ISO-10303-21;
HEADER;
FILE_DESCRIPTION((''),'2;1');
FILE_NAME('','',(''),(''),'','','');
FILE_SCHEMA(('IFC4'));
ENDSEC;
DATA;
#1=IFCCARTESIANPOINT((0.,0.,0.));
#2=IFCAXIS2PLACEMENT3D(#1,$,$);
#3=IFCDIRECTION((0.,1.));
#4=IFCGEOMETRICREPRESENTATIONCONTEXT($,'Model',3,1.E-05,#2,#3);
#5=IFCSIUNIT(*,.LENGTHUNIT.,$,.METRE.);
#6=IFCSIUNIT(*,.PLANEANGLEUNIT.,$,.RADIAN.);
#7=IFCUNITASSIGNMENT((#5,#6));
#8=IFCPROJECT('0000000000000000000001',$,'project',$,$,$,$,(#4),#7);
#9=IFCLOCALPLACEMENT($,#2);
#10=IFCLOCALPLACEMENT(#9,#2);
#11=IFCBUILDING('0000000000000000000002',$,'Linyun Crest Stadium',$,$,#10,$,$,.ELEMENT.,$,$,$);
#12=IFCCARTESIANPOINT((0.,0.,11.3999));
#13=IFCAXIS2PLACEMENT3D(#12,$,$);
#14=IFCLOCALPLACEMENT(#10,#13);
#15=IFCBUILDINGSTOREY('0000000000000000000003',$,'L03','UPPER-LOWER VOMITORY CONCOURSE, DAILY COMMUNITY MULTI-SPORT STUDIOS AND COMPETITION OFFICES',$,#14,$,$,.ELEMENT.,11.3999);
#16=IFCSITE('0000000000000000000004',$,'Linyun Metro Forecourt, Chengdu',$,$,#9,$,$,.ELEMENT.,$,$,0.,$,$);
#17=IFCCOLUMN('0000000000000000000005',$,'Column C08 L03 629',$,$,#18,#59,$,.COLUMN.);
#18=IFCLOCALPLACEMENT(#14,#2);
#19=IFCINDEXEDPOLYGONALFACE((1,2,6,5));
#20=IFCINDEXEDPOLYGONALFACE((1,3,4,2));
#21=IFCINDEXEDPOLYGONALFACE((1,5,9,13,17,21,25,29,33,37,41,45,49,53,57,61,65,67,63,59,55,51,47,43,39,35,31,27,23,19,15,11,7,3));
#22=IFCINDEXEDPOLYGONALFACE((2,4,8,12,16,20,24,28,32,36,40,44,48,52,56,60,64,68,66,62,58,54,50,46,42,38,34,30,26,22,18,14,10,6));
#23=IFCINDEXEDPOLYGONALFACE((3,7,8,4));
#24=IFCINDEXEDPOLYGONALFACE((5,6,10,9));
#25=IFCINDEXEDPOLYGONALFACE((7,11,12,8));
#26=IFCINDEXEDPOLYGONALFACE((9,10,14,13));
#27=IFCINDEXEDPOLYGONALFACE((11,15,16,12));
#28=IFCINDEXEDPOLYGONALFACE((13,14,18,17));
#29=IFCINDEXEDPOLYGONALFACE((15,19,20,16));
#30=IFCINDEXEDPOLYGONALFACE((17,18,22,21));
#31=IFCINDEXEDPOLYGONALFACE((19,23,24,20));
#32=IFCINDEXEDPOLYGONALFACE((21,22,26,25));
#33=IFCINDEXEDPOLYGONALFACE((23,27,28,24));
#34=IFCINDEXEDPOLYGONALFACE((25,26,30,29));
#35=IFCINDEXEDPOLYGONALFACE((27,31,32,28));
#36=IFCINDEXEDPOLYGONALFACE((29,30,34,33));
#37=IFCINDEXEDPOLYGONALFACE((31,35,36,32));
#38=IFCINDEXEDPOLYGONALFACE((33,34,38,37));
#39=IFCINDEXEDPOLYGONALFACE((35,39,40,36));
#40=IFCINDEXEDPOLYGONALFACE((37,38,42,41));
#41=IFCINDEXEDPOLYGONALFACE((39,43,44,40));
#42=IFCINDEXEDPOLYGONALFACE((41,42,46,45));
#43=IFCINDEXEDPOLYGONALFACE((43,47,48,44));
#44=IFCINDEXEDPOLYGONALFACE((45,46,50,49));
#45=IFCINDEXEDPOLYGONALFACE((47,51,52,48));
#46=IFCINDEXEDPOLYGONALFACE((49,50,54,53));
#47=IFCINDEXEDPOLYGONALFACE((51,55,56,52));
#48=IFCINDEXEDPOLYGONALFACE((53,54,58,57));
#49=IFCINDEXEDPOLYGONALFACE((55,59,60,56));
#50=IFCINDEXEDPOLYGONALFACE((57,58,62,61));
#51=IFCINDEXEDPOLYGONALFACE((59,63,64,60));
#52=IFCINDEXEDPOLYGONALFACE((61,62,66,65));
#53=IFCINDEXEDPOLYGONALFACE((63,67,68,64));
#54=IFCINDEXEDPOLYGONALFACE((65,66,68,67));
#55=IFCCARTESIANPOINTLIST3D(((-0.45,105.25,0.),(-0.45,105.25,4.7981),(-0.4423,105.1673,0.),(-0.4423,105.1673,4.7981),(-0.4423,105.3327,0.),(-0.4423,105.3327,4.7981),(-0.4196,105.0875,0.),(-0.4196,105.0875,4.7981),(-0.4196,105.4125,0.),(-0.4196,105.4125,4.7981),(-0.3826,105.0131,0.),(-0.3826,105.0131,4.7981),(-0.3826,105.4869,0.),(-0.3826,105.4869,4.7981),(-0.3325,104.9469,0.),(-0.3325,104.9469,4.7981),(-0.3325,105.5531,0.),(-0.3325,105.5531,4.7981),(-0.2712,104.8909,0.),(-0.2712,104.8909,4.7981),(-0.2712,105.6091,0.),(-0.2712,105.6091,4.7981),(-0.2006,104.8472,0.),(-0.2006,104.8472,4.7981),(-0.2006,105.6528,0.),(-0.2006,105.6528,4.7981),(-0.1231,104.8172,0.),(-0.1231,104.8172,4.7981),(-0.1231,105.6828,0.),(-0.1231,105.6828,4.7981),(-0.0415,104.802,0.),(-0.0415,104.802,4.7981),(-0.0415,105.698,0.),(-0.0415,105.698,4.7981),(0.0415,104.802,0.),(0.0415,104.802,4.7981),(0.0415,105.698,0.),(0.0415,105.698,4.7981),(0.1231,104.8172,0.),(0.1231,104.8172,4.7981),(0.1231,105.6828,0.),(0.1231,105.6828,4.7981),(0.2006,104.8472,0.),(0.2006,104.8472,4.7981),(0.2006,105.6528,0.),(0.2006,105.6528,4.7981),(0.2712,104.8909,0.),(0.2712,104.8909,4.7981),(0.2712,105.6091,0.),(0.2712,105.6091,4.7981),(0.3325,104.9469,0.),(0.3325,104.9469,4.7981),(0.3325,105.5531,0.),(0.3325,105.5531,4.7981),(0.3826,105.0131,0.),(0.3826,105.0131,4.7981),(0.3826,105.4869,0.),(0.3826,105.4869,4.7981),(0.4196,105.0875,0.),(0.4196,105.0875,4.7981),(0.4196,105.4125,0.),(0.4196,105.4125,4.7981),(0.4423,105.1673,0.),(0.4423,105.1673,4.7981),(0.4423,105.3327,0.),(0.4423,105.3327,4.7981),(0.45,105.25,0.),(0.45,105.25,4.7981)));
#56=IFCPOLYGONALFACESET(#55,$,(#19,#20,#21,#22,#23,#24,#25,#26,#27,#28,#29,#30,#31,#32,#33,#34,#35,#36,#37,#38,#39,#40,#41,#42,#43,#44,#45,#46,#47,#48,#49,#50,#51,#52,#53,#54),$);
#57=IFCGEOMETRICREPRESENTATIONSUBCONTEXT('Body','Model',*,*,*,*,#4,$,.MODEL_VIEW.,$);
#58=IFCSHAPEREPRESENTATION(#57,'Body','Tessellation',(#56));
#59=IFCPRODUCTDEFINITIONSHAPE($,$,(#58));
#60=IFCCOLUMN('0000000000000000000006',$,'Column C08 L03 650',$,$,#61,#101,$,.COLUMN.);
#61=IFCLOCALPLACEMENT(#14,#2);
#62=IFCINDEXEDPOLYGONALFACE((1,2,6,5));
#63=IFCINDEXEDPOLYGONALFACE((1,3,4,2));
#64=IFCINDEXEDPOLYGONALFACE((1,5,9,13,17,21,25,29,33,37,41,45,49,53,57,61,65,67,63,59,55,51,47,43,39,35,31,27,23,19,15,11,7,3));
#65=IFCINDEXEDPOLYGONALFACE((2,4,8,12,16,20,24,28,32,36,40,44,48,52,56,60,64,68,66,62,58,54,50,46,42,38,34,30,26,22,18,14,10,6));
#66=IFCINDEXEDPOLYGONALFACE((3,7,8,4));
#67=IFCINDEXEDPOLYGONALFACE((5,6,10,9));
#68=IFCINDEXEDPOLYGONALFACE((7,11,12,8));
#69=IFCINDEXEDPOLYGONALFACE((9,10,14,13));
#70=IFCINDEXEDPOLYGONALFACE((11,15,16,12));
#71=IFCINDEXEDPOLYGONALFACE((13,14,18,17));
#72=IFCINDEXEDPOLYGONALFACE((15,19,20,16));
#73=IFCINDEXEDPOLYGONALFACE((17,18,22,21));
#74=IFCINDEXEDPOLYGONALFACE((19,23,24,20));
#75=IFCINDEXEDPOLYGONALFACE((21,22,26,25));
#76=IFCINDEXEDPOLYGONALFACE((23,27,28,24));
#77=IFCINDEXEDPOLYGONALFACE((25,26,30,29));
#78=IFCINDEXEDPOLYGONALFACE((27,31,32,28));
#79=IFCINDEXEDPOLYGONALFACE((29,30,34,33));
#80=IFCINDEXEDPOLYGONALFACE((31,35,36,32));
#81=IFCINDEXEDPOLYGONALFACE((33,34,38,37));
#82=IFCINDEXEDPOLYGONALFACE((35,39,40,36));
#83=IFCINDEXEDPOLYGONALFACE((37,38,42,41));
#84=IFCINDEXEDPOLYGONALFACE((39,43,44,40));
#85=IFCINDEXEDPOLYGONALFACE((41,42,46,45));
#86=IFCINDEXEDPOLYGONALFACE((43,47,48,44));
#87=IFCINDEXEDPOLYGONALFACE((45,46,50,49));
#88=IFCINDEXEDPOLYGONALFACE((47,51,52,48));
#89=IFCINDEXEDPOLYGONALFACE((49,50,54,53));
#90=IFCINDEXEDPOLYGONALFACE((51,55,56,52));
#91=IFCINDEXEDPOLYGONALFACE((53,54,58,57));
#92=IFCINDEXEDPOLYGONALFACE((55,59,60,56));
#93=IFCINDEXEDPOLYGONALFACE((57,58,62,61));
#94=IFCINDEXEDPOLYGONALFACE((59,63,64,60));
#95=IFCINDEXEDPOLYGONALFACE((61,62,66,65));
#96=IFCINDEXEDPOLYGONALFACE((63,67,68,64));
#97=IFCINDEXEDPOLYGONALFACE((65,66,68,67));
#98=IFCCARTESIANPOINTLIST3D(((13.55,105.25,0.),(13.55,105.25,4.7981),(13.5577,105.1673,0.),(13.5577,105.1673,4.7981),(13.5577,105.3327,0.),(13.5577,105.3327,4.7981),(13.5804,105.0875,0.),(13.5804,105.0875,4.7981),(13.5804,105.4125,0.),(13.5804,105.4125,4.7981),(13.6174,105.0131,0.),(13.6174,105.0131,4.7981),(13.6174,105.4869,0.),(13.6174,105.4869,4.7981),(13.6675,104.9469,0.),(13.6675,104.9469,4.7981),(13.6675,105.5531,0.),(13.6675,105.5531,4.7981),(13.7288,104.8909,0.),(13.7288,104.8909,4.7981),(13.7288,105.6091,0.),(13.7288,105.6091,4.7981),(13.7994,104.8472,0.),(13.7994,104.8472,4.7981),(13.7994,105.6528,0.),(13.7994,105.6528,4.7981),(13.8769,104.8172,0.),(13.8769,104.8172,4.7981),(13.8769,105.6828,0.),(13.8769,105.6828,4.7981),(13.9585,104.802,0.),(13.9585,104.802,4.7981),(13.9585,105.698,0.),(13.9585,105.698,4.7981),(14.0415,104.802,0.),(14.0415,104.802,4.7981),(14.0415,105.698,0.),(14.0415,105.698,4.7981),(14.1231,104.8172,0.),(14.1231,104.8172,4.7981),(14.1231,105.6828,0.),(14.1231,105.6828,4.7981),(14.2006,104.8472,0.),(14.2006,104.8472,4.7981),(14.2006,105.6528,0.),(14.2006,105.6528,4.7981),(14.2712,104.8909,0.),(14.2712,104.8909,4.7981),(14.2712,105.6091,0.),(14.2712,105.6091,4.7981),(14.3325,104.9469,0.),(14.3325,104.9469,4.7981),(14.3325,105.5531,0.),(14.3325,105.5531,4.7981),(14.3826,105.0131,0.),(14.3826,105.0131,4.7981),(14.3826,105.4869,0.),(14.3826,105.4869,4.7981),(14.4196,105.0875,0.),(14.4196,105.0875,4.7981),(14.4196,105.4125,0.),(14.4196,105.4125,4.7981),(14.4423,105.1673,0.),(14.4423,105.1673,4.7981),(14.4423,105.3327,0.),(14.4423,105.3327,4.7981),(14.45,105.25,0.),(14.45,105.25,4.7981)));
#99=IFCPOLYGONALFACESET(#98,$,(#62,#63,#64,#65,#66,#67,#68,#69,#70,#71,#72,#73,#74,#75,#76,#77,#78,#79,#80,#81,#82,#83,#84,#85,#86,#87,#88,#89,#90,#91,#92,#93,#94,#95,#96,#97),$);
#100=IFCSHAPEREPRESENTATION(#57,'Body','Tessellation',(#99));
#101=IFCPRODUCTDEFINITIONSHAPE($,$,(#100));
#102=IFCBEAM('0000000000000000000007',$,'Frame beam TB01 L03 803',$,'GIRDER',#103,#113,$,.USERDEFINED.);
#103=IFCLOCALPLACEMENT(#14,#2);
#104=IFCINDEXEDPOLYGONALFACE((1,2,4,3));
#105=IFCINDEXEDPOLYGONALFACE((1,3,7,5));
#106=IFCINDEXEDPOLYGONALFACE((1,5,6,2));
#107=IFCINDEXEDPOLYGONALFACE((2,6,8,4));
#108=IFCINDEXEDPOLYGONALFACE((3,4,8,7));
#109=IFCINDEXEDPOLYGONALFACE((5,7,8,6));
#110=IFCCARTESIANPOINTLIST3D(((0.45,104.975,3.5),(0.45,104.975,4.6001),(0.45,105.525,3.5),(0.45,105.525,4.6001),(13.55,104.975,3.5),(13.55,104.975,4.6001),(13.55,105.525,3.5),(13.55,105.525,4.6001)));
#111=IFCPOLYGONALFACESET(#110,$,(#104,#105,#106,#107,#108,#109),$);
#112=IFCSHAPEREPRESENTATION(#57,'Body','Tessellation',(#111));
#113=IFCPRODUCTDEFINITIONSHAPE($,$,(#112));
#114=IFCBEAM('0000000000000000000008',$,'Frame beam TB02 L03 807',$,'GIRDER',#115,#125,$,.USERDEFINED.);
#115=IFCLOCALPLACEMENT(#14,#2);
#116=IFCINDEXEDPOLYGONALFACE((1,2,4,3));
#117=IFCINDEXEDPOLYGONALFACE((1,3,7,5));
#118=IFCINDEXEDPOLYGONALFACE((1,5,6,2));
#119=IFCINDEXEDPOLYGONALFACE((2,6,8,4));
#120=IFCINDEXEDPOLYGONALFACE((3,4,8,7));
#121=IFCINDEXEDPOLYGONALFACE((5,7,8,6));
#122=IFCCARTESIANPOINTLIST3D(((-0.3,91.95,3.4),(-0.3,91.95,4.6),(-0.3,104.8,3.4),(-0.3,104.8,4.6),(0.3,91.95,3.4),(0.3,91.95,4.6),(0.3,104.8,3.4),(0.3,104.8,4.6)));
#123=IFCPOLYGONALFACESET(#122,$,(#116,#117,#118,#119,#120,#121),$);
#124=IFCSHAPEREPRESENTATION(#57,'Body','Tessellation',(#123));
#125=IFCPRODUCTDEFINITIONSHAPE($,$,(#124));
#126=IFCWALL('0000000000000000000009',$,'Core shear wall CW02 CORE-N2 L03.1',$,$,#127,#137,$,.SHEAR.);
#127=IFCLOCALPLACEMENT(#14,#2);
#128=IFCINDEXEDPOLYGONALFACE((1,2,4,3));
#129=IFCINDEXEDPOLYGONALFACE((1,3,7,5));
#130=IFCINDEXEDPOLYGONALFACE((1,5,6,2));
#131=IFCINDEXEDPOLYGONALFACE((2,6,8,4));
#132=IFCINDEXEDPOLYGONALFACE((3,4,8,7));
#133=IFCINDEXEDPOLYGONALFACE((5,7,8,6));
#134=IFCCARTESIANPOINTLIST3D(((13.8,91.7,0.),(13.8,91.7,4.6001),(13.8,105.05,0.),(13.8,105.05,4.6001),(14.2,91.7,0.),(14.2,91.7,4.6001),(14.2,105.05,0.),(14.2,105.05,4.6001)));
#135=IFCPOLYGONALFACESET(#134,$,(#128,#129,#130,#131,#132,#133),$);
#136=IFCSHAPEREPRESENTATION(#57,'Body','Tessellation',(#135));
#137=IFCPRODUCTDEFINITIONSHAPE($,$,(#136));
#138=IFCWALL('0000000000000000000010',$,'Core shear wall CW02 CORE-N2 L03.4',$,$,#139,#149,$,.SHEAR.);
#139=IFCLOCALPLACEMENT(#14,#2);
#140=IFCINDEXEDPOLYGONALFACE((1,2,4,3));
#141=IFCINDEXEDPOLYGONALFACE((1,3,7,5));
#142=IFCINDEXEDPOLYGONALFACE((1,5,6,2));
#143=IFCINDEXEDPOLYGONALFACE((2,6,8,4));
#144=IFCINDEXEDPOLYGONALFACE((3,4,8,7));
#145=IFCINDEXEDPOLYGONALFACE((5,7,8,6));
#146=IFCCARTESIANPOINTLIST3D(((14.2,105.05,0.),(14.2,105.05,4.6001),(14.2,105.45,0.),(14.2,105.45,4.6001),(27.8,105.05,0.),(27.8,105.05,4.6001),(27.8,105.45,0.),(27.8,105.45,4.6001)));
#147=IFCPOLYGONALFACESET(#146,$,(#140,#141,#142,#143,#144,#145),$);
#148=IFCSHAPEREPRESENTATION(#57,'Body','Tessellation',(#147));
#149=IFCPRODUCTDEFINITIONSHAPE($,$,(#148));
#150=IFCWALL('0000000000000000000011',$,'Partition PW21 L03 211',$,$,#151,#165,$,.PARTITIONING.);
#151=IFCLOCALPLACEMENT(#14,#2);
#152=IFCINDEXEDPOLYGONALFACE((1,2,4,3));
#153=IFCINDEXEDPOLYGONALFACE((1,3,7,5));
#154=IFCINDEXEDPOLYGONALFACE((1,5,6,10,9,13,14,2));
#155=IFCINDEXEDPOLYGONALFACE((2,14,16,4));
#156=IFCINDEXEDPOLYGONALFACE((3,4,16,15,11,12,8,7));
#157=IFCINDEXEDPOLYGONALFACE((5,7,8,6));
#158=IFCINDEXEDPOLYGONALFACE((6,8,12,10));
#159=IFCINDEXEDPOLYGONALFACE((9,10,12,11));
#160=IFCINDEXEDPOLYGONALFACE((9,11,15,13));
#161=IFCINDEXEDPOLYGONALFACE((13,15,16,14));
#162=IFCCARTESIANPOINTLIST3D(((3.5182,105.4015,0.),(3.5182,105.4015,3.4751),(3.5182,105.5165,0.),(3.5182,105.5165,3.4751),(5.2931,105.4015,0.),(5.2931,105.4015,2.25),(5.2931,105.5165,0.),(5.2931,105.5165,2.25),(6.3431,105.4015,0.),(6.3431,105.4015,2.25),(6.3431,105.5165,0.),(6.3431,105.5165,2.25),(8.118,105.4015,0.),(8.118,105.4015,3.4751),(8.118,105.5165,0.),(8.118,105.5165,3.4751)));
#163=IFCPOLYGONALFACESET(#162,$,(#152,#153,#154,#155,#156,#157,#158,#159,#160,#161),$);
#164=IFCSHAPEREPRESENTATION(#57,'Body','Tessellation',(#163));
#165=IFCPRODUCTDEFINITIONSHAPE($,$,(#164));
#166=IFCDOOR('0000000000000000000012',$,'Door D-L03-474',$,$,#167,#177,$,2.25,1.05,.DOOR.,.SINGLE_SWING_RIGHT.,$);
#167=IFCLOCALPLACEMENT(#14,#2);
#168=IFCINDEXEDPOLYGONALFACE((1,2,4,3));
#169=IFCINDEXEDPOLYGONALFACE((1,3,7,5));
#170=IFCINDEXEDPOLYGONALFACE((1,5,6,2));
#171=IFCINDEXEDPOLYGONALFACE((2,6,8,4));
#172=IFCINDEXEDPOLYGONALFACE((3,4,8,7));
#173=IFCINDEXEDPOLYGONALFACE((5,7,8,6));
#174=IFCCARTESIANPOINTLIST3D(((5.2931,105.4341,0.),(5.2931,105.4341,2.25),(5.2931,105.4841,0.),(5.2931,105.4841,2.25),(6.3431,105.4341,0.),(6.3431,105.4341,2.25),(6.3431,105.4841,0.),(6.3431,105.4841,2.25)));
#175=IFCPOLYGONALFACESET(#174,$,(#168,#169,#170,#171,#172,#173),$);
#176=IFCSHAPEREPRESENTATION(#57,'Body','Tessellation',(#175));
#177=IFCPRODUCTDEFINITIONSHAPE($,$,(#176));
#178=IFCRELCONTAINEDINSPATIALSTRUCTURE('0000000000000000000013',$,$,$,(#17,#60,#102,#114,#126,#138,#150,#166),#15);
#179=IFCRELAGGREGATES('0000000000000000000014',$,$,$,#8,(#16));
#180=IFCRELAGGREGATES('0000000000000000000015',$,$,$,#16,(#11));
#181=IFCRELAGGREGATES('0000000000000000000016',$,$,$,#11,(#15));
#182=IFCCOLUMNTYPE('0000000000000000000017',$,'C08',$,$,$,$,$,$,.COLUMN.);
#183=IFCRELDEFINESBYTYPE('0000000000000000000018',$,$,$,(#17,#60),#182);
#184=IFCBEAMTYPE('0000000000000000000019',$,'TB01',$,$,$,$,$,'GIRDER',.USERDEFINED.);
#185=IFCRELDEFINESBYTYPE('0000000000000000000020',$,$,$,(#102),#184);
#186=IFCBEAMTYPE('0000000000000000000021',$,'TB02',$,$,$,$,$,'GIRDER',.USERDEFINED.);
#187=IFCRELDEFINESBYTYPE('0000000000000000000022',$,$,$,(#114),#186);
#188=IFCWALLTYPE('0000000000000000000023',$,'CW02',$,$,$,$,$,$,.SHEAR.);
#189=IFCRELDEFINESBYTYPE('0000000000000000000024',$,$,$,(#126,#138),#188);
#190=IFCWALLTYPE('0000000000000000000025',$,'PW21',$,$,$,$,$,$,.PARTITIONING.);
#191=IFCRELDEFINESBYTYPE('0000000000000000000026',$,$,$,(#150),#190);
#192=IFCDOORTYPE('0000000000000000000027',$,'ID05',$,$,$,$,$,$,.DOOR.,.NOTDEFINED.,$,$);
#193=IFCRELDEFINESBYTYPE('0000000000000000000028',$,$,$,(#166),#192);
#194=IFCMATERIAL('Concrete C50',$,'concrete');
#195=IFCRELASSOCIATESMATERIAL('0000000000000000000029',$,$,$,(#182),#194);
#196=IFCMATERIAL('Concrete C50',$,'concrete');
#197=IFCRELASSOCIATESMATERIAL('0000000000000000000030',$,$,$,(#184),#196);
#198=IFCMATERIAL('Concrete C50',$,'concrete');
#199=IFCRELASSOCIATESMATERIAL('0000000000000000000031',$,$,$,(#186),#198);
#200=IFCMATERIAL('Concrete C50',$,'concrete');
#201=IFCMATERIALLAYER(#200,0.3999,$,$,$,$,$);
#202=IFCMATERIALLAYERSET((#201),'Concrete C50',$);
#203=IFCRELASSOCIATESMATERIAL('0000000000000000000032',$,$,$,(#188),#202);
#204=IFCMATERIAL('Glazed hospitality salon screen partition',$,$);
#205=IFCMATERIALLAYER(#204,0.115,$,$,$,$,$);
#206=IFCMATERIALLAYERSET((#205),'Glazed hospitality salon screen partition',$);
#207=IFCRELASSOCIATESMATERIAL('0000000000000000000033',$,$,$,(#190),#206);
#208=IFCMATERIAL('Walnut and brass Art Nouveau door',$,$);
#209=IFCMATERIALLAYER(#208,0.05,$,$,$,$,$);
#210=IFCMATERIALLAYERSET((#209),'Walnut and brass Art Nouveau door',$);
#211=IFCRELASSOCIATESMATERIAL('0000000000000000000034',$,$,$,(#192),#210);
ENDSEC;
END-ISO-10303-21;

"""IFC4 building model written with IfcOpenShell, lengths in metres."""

from ifc_helpers import new_model, si_unit, direction, frame, frame_2d, origin, origin_2d, place, context, subcontext, project, spatial, rectangle, circle, extrude, material, layer, layer_set, material_profile, profile_set, type_object, element, fill, save


model = new_model("IFC4")

# Units and contexts
model_context = context("Model", 3, precision=1e-05, world=origin(), true_north=direction((0.0, 1.0)))
body_context = subcontext(model_context, "Body", "Model", "MODEL_VIEW")
ifc_project = project(units=[si_unit("LENGTHUNIT", "METRE"), si_unit("PLANEANGLEUNIT", "RADIAN")], contexts=[model_context])

# Site, building, storey
site_placement = place(None, origin())
site = spatial("IfcSite", under=ifc_project, at=site_placement, Name="Linyun Metro Forecourt, Chengdu", CompositionType="ELEMENT", RefElevation=0.0)
building_placement = place(site_placement, origin())
building = spatial("IfcBuilding", under=site, at=building_placement, Name="Linyun Crest Stadium", CompositionType="ELEMENT")
storey_placement = place(building_placement, frame((0.0, 0.0, 11.3999)))
storey = spatial("IfcBuildingStorey", under=building, at=storey_placement, Name="L03", Description="UPPER-LOWER VOMITORY CONCOURSE, DAILY COMMUNITY MULTI-SPORT STUDIOS AND COMPETITION OFFICES", CompositionType="ELEMENT", Elevation=11.3999)

# Columns
ifc_material_1 = material(Name="Concrete C50", Category="concrete")
ifc_material_profile_1 = material_profile(ifc_material_1, circle(Radius=0.45, at=origin_2d()), Name="RC D900")
ifc_profile_set_1 = profile_set([ifc_material_profile_1], Name="Concrete C50")
column_type = type_object("IfcColumnType", Name="C08", PredefinedType="COLUMN", material=ifc_profile_set_1)
for number, where, z_axis, x_axis, name in (
    (1, (0.0, 105.25, 0.0), (0.0, 0.0, 1.0), (1.0, 0.0, 0.0), "Column C08 L03 629"),
    (2, (14.0, 105.25, 0.0), (0.0, 0.0, 1.0), (1.0, 0.0, 0.0), "Column C08 L03 650"),
):
    element("IfcColumn", number, at=place(storey_placement, frame(where, z_axis=z_axis, x_axis=x_axis)), inside=storey, type_object=column_type, Name=name, PredefinedType="COLUMN", context=body_context, shape_type="SweptSolid", body=[
        extrude(circle(Radius=0.45, at=origin_2d()), origin(), (0.0, 0.0, 1.0), 4.7981),
    ])

# Beams
ifc_material_2 = material(Name="Concrete C50", Category="concrete")
ifc_material_profile_2 = material_profile(ifc_material_2, rectangle(XDim=0.55, YDim=1.1001, at=origin_2d()), Name="RCB 1100x550")
ifc_profile_set_2 = profile_set([ifc_material_profile_2], Name="Concrete C50")
beam_type_1 = type_object("IfcBeamType", Name="TB01", ElementType="GIRDER", PredefinedType="USERDEFINED", material=ifc_profile_set_2)
beam_1_placement = place(storey_placement, frame((0.45, 105.25, 4.05), z_axis=(1.0, 0.0, 0.0), x_axis=(0.0, 1.0, 0.0)))
element("IfcBeam", 3, at=beam_1_placement, inside=storey, type_object=beam_type_1, Name="Frame beam TB01 L03 803", ObjectType="GIRDER", PredefinedType="USERDEFINED", context=body_context, shape_type="SweptSolid", body=[
    extrude(rectangle(XDim=0.55, YDim=1.1001, at=origin_2d()), origin(), (0.0, 0.0, 1.0), 13.1001),
])
ifc_material_3 = material(Name="Concrete C50", Category="concrete")
ifc_material_profile_3 = material_profile(ifc_material_3, rectangle(XDim=0.6001, YDim=1.2, at=origin_2d()), Name="RCB 1200x600")
ifc_profile_set_3 = profile_set([ifc_material_profile_3], Name="Concrete C50")
beam_type_2 = type_object("IfcBeamType", Name="TB02", ElementType="GIRDER", PredefinedType="USERDEFINED", material=ifc_profile_set_3)
beam_2_placement = place(storey_placement, frame((0.0, 91.95, 4.0), z_axis=(0.0, 1.0, 0.0), x_axis=(-1.0, 0.0, 0.0)))
element("IfcBeam", 4, at=beam_2_placement, inside=storey, type_object=beam_type_2, Name="Frame beam TB02 L03 807", ObjectType="GIRDER", PredefinedType="USERDEFINED", context=body_context, shape_type="SweptSolid", body=[
    extrude(rectangle(XDim=0.6001, YDim=1.2, at=origin_2d()), origin(), (0.0, 0.0, 1.0), 12.8501),
])

# Walls
ifc_material_4 = material(Name="Concrete C50", Category="concrete")
ifc_layer_1 = layer(ifc_material_4, 0.3999)
ifc_layer_set_1 = layer_set([ifc_layer_1], Name="Concrete C50")
wall_type_1 = type_object("IfcWallType", Name="CW02", PredefinedType="SHEAR", material=ifc_layer_set_1)
wall_1_placement = place(storey_placement, frame((14.0, 91.7, 0.0), z_axis=(0.0, 0.0, 1.0), x_axis=(0.0, 1.0, 0.0)))
element("IfcWall", 5, at=wall_1_placement, inside=storey, type_object=wall_type_1, Name="Core shear wall CW02 CORE-N2 L03.1", PredefinedType="SHEAR", context=body_context, shape_type="SweptSolid", body=[
    extrude(rectangle(XDim=13.3501, YDim=0.3999, at=frame_2d((6.675, 0.0))), origin(), (0.0, 0.0, 1.0), 4.6001),
])
wall_2_placement = place(storey_placement, frame((14.2, 105.25, 0.0), z_axis=(0.0, 0.0, 1.0), x_axis=(1.0, 0.0, 0.0)))
element("IfcWall", 6, at=wall_2_placement, inside=storey, type_object=wall_type_1, Name="Core shear wall CW02 CORE-N2 L03.4", PredefinedType="SHEAR", context=body_context, shape_type="SweptSolid", body=[
    extrude(rectangle(XDim=13.6001, YDim=0.3999, at=frame_2d((6.8, 0.0))), origin(), (0.0, 0.0, 1.0), 4.6001),
])

# Wall, opening, door
ifc_material_5 = material(Name="Glazed hospitality salon screen partition")
ifc_layer_2 = layer(ifc_material_5, 0.115)
ifc_layer_set_2 = layer_set([ifc_layer_2], Name="Glazed hospitality salon screen partition")
wall_type_2 = type_object("IfcWallType", Name="PW21", PredefinedType="PARTITIONING", material=ifc_layer_set_2)
wall_3_placement = place(storey_placement, frame((8.1179, 105.459, 0.0), z_axis=(0.0, 0.0, 1.0), x_axis=(-1.0, 0.0, 0.0)))
wall_3 = element("IfcWall", 7, at=wall_3_placement, inside=storey, type_object=wall_type_2, Name="Partition PW21 L03 211", PredefinedType="PARTITIONING", context=body_context, shape_type="SweptSolid", body=[
    extrude(rectangle(XDim=4.5999, YDim=0.115, at=frame_2d((2.2998, 0.0))), origin(), (0.0, 0.0, 1.0), 3.4751),
])
opening_1_placement = place(wall_3_placement, frame((1.7749, 0.0, 0.0)))
opening_1 = element("IfcOpeningElement", 8, at=opening_1_placement, cuts=wall_3, PredefinedType="OPENING", context=body_context, shape_type="SweptSolid", body=[
    extrude(rectangle(XDim=1.05, YDim=2.25, at=frame_2d((0.5249, 1.125))), frame((0.0, 0.0674, 0.0), z_axis=(0.0, -1.0, 0.0), x_axis=(1.0, 0.0, 0.0)), (0.0, 0.0, 1.0), 0.135),
])
ifc_material_6 = material(Name="Walnut and brass Art Nouveau door")
ifc_layer_3 = layer(ifc_material_6, 0.05)
ifc_layer_set_3 = layer_set([ifc_layer_3], Name="Walnut and brass Art Nouveau door")
door_type_1 = type_object("IfcDoorType", Name="ID05", OperationType="NOTDEFINED", PredefinedType="DOOR", material=ifc_layer_set_3)
door_1_placement = place(opening_1_placement, origin())
door_1 = element("IfcDoor", 9, at=door_1_placement, inside=storey, type_object=door_type_1, Name="Door D-L03-474", OperationType="SINGLE_SWING_RIGHT", OverallHeight=2.25, OverallWidth=1.05, PredefinedType="DOOR", context=body_context, shape_type="SweptSolid", body=[
    extrude(rectangle(XDim=1.05, YDim=2.25, at=frame_2d((0.5249, 1.125))), frame((0.0, 0.0249, 0.0), z_axis=(0.0, -1.0, 0.0), x_axis=(1.0, 0.0, 0.0)), (0.0, 0.0, 1.0), 0.05),
])
fill(opening_1, door_1)

save(model, "model.ifc")
